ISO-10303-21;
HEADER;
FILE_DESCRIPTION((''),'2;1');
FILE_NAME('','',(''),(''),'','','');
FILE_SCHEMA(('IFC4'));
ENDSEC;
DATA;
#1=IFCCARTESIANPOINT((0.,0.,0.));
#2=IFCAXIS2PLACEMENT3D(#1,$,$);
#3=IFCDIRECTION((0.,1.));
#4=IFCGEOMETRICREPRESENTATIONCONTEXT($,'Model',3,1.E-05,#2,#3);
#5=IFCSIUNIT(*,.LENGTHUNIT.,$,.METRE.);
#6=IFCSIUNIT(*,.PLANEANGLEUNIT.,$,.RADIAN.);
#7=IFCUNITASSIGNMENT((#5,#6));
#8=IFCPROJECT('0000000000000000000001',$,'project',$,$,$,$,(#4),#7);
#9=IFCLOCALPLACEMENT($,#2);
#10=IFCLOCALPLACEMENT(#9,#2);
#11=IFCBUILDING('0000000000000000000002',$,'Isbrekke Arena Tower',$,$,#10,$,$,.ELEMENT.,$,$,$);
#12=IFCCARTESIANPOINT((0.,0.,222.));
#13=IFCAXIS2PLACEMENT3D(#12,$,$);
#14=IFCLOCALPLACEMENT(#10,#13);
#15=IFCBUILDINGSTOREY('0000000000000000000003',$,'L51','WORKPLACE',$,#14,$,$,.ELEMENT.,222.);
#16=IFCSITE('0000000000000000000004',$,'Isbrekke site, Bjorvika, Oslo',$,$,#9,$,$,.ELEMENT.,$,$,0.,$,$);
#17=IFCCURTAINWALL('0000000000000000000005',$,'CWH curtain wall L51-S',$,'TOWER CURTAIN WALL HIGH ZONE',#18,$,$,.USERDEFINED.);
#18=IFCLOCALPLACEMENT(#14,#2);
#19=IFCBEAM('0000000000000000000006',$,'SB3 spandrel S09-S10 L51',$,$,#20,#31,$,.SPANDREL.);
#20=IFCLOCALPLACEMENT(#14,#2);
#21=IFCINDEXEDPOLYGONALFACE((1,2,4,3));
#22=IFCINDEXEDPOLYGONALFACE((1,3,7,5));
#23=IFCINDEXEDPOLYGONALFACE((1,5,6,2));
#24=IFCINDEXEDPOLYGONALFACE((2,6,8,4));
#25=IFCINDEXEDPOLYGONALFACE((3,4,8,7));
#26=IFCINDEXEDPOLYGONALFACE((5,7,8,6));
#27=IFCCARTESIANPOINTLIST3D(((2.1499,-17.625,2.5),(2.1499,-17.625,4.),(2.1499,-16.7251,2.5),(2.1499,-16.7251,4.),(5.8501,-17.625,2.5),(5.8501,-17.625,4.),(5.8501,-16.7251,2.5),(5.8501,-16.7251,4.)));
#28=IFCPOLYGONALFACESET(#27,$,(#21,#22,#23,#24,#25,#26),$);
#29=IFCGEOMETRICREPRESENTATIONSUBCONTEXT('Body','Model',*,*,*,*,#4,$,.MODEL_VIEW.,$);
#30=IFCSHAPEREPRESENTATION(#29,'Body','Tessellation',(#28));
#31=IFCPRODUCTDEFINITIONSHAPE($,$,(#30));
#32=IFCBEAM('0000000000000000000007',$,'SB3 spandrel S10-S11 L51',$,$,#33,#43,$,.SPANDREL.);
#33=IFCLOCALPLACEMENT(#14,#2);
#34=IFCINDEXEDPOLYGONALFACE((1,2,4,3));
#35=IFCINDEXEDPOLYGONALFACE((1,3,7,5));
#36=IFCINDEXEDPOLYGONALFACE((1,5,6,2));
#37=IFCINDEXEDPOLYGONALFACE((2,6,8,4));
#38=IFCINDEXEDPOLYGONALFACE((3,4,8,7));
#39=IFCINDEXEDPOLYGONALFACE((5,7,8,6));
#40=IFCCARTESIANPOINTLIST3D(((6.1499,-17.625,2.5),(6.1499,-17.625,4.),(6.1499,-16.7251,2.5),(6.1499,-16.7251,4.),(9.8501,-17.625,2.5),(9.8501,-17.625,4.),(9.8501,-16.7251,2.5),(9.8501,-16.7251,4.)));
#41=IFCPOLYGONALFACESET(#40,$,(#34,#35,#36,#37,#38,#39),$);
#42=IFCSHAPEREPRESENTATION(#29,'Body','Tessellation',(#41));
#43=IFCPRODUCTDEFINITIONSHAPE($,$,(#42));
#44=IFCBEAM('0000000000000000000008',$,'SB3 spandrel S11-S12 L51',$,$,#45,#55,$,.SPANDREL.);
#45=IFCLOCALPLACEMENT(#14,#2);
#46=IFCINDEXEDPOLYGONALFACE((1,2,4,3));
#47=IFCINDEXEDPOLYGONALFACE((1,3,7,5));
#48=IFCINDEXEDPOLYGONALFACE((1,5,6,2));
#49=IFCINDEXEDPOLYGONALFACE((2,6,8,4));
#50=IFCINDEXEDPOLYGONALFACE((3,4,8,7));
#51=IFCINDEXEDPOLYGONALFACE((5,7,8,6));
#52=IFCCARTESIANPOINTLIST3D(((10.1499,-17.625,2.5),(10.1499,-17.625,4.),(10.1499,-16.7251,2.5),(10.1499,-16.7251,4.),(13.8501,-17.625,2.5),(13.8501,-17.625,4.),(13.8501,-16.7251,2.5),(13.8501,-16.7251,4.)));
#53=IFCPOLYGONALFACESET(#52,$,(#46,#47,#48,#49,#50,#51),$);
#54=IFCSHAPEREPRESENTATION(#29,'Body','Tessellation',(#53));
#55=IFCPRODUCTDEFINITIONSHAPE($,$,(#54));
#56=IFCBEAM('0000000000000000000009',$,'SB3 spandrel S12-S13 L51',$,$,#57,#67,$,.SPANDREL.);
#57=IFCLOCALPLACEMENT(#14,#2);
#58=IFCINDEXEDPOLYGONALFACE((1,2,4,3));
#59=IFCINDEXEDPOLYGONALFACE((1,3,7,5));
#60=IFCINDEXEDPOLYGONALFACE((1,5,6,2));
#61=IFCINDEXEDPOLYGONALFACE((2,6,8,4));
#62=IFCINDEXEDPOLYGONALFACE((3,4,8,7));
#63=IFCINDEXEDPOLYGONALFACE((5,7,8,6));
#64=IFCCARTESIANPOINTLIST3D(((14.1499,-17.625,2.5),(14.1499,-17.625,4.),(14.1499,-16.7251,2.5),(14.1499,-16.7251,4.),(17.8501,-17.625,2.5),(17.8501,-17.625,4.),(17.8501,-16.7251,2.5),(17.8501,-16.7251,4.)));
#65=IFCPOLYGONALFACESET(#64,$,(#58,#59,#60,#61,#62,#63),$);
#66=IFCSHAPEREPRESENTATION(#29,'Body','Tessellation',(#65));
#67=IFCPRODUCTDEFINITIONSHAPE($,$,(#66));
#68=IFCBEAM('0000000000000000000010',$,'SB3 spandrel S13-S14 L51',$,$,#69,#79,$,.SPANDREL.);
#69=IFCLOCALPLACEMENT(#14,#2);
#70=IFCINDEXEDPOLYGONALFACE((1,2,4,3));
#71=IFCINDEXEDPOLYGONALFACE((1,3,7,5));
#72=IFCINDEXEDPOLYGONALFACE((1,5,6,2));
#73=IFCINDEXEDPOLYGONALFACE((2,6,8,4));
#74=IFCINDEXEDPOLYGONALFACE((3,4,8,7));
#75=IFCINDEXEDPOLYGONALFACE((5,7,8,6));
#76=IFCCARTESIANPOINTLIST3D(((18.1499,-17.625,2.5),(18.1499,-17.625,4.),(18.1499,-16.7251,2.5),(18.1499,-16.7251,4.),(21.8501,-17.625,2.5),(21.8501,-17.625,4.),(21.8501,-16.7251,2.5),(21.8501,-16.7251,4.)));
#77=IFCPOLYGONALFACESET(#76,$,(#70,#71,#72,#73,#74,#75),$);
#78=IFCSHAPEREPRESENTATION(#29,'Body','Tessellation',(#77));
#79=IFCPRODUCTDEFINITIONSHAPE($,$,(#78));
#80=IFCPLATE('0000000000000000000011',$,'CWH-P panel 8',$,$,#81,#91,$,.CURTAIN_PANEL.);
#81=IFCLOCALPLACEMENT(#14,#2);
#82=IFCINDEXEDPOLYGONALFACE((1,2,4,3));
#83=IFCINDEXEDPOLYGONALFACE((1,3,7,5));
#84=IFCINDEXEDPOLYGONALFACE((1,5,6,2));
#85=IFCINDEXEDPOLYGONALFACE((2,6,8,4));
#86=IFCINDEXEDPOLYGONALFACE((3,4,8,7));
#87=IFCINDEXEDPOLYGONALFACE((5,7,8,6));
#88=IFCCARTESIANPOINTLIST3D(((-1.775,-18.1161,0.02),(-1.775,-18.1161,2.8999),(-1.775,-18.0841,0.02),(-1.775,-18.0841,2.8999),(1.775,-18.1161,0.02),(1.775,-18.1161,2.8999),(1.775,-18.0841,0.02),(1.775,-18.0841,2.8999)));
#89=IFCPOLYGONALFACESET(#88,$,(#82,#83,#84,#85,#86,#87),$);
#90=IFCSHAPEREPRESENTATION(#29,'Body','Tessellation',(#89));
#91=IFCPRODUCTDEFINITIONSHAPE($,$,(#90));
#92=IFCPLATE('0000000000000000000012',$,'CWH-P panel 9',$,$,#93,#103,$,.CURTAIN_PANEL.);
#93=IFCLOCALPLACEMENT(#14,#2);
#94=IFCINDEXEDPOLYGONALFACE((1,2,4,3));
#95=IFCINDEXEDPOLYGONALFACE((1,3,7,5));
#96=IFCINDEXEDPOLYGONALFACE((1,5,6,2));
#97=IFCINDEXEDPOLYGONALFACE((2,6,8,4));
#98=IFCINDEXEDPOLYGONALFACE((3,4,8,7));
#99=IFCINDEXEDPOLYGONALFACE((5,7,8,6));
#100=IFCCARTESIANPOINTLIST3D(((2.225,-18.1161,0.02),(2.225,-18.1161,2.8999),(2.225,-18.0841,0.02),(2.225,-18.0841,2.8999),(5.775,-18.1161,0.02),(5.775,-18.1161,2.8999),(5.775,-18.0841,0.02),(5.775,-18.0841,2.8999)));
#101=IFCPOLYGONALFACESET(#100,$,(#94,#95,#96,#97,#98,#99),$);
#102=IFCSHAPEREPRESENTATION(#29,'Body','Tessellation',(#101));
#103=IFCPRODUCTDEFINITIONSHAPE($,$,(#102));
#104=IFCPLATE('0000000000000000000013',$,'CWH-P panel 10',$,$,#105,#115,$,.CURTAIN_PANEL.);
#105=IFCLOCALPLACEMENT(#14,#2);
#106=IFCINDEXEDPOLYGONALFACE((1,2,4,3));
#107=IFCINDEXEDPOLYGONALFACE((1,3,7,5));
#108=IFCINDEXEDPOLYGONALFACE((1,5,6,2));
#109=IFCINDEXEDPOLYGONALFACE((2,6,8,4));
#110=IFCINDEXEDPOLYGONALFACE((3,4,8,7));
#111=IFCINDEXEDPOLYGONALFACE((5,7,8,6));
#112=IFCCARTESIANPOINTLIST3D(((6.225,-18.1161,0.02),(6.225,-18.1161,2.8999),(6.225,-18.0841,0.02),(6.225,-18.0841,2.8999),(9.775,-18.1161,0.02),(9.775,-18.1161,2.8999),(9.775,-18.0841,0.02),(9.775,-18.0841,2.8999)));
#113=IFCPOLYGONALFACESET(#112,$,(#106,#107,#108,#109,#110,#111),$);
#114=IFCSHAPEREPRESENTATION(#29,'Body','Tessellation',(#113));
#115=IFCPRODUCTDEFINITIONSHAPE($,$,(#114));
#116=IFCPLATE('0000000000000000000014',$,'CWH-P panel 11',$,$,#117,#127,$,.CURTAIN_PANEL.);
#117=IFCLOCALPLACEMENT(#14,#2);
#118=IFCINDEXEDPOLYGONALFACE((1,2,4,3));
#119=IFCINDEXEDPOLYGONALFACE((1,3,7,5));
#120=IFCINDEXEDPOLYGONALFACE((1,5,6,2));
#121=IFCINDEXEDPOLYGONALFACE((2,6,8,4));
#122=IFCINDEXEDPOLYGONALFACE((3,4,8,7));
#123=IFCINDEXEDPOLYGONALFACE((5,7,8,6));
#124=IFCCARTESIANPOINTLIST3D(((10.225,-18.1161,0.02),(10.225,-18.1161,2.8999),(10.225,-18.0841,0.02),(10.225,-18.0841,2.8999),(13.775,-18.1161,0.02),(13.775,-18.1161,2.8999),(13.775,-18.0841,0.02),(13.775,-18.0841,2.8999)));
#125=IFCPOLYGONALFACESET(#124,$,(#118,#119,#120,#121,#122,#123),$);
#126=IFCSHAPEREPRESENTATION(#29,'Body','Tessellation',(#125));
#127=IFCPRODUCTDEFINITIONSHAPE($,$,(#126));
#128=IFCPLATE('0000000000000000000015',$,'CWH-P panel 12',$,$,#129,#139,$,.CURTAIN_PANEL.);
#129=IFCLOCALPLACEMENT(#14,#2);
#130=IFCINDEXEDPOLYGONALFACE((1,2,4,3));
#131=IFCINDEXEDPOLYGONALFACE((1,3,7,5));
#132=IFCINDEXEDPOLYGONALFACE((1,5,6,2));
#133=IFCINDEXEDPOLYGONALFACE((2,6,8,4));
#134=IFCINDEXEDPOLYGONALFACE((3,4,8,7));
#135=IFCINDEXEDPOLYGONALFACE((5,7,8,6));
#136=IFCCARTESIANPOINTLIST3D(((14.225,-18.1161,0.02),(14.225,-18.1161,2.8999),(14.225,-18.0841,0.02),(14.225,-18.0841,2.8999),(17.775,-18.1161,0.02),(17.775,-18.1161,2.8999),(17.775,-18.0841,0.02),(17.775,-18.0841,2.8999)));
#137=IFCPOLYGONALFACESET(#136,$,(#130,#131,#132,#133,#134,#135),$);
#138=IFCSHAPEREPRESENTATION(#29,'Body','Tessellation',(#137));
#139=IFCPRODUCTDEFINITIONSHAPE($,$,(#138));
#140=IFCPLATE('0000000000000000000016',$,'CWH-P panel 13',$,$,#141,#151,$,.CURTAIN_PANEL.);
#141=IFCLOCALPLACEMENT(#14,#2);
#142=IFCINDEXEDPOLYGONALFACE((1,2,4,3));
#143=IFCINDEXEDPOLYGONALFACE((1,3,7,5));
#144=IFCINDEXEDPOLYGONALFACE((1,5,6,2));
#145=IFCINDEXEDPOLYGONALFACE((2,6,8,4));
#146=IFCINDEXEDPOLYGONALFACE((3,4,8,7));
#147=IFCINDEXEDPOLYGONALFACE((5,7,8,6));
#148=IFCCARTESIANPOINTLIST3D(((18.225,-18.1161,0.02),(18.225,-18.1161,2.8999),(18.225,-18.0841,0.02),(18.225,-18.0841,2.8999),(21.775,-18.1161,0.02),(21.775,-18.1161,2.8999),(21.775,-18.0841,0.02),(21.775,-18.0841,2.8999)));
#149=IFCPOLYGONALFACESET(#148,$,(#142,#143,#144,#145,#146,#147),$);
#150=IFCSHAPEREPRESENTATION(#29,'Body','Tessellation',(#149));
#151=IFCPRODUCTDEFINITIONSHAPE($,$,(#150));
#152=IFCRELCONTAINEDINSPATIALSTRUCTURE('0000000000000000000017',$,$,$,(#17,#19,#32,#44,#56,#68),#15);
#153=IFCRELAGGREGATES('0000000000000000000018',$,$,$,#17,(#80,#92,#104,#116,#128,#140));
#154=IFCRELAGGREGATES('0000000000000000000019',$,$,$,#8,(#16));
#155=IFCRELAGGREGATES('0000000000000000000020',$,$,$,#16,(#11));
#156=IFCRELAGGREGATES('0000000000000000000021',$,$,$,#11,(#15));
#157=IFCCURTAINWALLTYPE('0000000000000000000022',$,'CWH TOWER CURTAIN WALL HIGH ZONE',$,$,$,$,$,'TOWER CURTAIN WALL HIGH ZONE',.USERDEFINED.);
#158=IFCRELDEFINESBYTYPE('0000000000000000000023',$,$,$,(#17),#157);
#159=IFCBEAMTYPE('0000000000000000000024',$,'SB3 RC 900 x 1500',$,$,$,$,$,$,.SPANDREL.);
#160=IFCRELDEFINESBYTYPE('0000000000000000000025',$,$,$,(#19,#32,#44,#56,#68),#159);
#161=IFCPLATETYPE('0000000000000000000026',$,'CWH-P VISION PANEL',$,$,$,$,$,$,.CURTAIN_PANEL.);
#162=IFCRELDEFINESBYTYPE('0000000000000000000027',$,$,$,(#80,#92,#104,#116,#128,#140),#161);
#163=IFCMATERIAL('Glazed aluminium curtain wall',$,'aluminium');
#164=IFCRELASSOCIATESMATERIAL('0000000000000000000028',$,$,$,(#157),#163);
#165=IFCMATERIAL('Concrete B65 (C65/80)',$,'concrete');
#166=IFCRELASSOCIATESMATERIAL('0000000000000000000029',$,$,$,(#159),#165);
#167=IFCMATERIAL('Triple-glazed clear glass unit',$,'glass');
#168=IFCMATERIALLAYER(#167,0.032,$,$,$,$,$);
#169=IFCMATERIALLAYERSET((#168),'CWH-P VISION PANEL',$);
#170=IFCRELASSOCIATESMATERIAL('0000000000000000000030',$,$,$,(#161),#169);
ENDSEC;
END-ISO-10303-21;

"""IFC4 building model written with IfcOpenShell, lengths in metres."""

from ifc_helpers import new_model, si_unit, direction, frame, origin, origin_2d, place, context, subcontext, project, spatial, rectangle, extrude, material, layer, layer_set, material_profile, profile_set, type_object, element, aggregate, save


model = new_model("IFC4")

# Units and contexts
model_context = context("Model", 3, precision=1e-05, world=origin(), true_north=direction((0.0, 1.0)))
body_context = subcontext(model_context, "Body", "Model", "MODEL_VIEW")
ifc_project = project(units=[si_unit("LENGTHUNIT", "METRE"), si_unit("PLANEANGLEUNIT", "RADIAN")], contexts=[model_context])

# Site, building, storey
site_placement = place(None, origin())
site = spatial("IfcSite", under=ifc_project, at=site_placement, Name="Isbrekke site, Bjorvika, Oslo", CompositionType="ELEMENT", RefElevation=0.0)
building_placement = place(site_placement, origin())
building = spatial("IfcBuilding", under=site, at=building_placement, Name="Isbrekke Arena Tower", CompositionType="ELEMENT")
storey_placement = place(building_placement, frame((0.0, 0.0, 222.0)))
storey = spatial("IfcBuildingStorey", under=building, at=storey_placement, Name="L51", Description="WORKPLACE", CompositionType="ELEMENT", Elevation=222.0)

# Curtain wall
ifc_material_1 = material(Name="Glazed aluminium curtain wall", Category="aluminium")
curtain_wall_type = type_object("IfcCurtainWallType", Name="CWH TOWER CURTAIN WALL HIGH ZONE", ElementType="TOWER CURTAIN WALL HIGH ZONE", PredefinedType="USERDEFINED", material=ifc_material_1)
curtain_wall_placement = place(storey_placement, origin())
curtain_wall = element("IfcCurtainWall", 1, at=curtain_wall_placement, inside=storey, type_object=curtain_wall_type, Name="CWH curtain wall L51-S", ObjectType="TOWER CURTAIN WALL HIGH ZONE", PredefinedType="USERDEFINED")

# Beams
ifc_material_2 = material(Name="Concrete B65 (C65/80)", Category="concrete")
ifc_material_profile_1 = material_profile(ifc_material_2, rectangle(XDim=0.8999, YDim=1.5, at=origin_2d()), Name="RC 900x1500")
ifc_profile_set_1 = profile_set([ifc_material_profile_1], Name="Concrete B65 (C65/80)")
beam_type = type_object("IfcBeamType", Name="SB3 RC 900 x 1500", PredefinedType="SPANDREL", material=ifc_profile_set_1)
for number, where, z_axis, x_axis, name in (
    (2, (2.1499, -17.175, 3.25), (1.0, 0.0, 0.0), (0.0, 1.0, 0.0), "SB3 spandrel S09-S10 L51"),
    (3, (6.1499, -17.175, 3.25), (1.0, 0.0, 0.0), (0.0, 1.0, 0.0), "SB3 spandrel S10-S11 L51"),
    (4, (10.1499, -17.175, 3.25), (1.0, 0.0, 0.0), (0.0, 1.0, 0.0), "SB3 spandrel S11-S12 L51"),
    (5, (14.1499, -17.175, 3.25), (1.0, 0.0, 0.0), (0.0, 1.0, 0.0), "SB3 spandrel S12-S13 L51"),
    (6, (18.1499, -17.175, 3.25), (1.0, 0.0, 0.0), (0.0, 1.0, 0.0), "SB3 spandrel S13-S14 L51"),
):
    element("IfcBeam", number, at=place(storey_placement, frame(where, z_axis=z_axis, x_axis=x_axis)), inside=storey, type_object=beam_type, Name=name, PredefinedType="SPANDREL", context=body_context, shape_type="SweptSolid", body=[
        extrude(rectangle(XDim=0.8999, YDim=1.5, at=origin_2d()), origin(), (0.0, 0.0, 1.0), 3.7002),
    ])

# Plates
ifc_material_3 = material(Name="Triple-glazed clear glass unit", Category="glass")
ifc_layer = layer(ifc_material_3, 0.032)
ifc_layer_set = layer_set([ifc_layer], Name="CWH-P VISION PANEL")
plate_type = type_object("IfcPlateType", Name="CWH-P VISION PANEL", PredefinedType="CURTAIN_PANEL", material=ifc_layer_set)
plate_1_placement = place(storey_placement, frame((0.0, -18.1001, 0.02), z_axis=(0.0, 0.0, 1.0), x_axis=(1.0, 0.0, 0.0)))
plate_1 = element("IfcPlate", 7, at=plate_1_placement, type_object=plate_type, Name="CWH-P panel 8", PredefinedType="CURTAIN_PANEL", context=body_context, shape_type="SweptSolid", body=[
    extrude(rectangle(XDim=3.55, YDim=0.032, at=origin_2d()), origin(), (0.0, 0.0, 1.0), 2.8799),
])
plate_2_placement = place(storey_placement, frame((4.0, -18.1001, 0.02), z_axis=(0.0, 0.0, 1.0), x_axis=(1.0, 0.0, 0.0)))
plate_2 = element("IfcPlate", 8, at=plate_2_placement, type_object=plate_type, Name="CWH-P panel 9", PredefinedType="CURTAIN_PANEL", context=body_context, shape_type="SweptSolid", body=[
    extrude(rectangle(XDim=3.55, YDim=0.032, at=origin_2d()), origin(), (0.0, 0.0, 1.0), 2.8799),
])
plate_3_placement = place(storey_placement, frame((8.0, -18.1001, 0.02), z_axis=(0.0, 0.0, 1.0), x_axis=(1.0, 0.0, 0.0)))
plate_3 = element("IfcPlate", 9, at=plate_3_placement, type_object=plate_type, Name="CWH-P panel 10", PredefinedType="CURTAIN_PANEL", context=body_context, shape_type="SweptSolid", body=[
    extrude(rectangle(XDim=3.55, YDim=0.032, at=origin_2d()), origin(), (0.0, 0.0, 1.0), 2.8799),
])
plate_4_placement = place(storey_placement, frame((12.0, -18.1001, 0.02), z_axis=(0.0, 0.0, 1.0), x_axis=(1.0, 0.0, 0.0)))
plate_4 = element("IfcPlate", 10, at=plate_4_placement, type_object=plate_type, Name="CWH-P panel 11", PredefinedType="CURTAIN_PANEL", context=body_context, shape_type="SweptSolid", body=[
    extrude(rectangle(XDim=3.55, YDim=0.032, at=origin_2d()), origin(), (0.0, 0.0, 1.0), 2.8799),
])
plate_5_placement = place(storey_placement, frame((16.0, -18.1001, 0.02), z_axis=(0.0, 0.0, 1.0), x_axis=(1.0, 0.0, 0.0)))
plate_5 = element("IfcPlate", 11, at=plate_5_placement, type_object=plate_type, Name="CWH-P panel 12", PredefinedType="CURTAIN_PANEL", context=body_context, shape_type="SweptSolid", body=[
    extrude(rectangle(XDim=3.55, YDim=0.032, at=origin_2d()), origin(), (0.0, 0.0, 1.0), 2.8799),
])
plate_6_placement = place(storey_placement, frame((20.0, -18.1001, 0.02), z_axis=(0.0, 0.0, 1.0), x_axis=(1.0, 0.0, 0.0)))
plate_6 = element("IfcPlate", 12, at=plate_6_placement, type_object=plate_type, Name="CWH-P panel 13", PredefinedType="CURTAIN_PANEL", context=body_context, shape_type="SweptSolid", body=[
    extrude(rectangle(XDim=3.55, YDim=0.032, at=origin_2d()), origin(), (0.0, 0.0, 1.0), 2.8799),
])
aggregate(curtain_wall, [plate_1, plate_2, plate_3, plate_4, plate_5, plate_6])

save(model, "model.ifc")
